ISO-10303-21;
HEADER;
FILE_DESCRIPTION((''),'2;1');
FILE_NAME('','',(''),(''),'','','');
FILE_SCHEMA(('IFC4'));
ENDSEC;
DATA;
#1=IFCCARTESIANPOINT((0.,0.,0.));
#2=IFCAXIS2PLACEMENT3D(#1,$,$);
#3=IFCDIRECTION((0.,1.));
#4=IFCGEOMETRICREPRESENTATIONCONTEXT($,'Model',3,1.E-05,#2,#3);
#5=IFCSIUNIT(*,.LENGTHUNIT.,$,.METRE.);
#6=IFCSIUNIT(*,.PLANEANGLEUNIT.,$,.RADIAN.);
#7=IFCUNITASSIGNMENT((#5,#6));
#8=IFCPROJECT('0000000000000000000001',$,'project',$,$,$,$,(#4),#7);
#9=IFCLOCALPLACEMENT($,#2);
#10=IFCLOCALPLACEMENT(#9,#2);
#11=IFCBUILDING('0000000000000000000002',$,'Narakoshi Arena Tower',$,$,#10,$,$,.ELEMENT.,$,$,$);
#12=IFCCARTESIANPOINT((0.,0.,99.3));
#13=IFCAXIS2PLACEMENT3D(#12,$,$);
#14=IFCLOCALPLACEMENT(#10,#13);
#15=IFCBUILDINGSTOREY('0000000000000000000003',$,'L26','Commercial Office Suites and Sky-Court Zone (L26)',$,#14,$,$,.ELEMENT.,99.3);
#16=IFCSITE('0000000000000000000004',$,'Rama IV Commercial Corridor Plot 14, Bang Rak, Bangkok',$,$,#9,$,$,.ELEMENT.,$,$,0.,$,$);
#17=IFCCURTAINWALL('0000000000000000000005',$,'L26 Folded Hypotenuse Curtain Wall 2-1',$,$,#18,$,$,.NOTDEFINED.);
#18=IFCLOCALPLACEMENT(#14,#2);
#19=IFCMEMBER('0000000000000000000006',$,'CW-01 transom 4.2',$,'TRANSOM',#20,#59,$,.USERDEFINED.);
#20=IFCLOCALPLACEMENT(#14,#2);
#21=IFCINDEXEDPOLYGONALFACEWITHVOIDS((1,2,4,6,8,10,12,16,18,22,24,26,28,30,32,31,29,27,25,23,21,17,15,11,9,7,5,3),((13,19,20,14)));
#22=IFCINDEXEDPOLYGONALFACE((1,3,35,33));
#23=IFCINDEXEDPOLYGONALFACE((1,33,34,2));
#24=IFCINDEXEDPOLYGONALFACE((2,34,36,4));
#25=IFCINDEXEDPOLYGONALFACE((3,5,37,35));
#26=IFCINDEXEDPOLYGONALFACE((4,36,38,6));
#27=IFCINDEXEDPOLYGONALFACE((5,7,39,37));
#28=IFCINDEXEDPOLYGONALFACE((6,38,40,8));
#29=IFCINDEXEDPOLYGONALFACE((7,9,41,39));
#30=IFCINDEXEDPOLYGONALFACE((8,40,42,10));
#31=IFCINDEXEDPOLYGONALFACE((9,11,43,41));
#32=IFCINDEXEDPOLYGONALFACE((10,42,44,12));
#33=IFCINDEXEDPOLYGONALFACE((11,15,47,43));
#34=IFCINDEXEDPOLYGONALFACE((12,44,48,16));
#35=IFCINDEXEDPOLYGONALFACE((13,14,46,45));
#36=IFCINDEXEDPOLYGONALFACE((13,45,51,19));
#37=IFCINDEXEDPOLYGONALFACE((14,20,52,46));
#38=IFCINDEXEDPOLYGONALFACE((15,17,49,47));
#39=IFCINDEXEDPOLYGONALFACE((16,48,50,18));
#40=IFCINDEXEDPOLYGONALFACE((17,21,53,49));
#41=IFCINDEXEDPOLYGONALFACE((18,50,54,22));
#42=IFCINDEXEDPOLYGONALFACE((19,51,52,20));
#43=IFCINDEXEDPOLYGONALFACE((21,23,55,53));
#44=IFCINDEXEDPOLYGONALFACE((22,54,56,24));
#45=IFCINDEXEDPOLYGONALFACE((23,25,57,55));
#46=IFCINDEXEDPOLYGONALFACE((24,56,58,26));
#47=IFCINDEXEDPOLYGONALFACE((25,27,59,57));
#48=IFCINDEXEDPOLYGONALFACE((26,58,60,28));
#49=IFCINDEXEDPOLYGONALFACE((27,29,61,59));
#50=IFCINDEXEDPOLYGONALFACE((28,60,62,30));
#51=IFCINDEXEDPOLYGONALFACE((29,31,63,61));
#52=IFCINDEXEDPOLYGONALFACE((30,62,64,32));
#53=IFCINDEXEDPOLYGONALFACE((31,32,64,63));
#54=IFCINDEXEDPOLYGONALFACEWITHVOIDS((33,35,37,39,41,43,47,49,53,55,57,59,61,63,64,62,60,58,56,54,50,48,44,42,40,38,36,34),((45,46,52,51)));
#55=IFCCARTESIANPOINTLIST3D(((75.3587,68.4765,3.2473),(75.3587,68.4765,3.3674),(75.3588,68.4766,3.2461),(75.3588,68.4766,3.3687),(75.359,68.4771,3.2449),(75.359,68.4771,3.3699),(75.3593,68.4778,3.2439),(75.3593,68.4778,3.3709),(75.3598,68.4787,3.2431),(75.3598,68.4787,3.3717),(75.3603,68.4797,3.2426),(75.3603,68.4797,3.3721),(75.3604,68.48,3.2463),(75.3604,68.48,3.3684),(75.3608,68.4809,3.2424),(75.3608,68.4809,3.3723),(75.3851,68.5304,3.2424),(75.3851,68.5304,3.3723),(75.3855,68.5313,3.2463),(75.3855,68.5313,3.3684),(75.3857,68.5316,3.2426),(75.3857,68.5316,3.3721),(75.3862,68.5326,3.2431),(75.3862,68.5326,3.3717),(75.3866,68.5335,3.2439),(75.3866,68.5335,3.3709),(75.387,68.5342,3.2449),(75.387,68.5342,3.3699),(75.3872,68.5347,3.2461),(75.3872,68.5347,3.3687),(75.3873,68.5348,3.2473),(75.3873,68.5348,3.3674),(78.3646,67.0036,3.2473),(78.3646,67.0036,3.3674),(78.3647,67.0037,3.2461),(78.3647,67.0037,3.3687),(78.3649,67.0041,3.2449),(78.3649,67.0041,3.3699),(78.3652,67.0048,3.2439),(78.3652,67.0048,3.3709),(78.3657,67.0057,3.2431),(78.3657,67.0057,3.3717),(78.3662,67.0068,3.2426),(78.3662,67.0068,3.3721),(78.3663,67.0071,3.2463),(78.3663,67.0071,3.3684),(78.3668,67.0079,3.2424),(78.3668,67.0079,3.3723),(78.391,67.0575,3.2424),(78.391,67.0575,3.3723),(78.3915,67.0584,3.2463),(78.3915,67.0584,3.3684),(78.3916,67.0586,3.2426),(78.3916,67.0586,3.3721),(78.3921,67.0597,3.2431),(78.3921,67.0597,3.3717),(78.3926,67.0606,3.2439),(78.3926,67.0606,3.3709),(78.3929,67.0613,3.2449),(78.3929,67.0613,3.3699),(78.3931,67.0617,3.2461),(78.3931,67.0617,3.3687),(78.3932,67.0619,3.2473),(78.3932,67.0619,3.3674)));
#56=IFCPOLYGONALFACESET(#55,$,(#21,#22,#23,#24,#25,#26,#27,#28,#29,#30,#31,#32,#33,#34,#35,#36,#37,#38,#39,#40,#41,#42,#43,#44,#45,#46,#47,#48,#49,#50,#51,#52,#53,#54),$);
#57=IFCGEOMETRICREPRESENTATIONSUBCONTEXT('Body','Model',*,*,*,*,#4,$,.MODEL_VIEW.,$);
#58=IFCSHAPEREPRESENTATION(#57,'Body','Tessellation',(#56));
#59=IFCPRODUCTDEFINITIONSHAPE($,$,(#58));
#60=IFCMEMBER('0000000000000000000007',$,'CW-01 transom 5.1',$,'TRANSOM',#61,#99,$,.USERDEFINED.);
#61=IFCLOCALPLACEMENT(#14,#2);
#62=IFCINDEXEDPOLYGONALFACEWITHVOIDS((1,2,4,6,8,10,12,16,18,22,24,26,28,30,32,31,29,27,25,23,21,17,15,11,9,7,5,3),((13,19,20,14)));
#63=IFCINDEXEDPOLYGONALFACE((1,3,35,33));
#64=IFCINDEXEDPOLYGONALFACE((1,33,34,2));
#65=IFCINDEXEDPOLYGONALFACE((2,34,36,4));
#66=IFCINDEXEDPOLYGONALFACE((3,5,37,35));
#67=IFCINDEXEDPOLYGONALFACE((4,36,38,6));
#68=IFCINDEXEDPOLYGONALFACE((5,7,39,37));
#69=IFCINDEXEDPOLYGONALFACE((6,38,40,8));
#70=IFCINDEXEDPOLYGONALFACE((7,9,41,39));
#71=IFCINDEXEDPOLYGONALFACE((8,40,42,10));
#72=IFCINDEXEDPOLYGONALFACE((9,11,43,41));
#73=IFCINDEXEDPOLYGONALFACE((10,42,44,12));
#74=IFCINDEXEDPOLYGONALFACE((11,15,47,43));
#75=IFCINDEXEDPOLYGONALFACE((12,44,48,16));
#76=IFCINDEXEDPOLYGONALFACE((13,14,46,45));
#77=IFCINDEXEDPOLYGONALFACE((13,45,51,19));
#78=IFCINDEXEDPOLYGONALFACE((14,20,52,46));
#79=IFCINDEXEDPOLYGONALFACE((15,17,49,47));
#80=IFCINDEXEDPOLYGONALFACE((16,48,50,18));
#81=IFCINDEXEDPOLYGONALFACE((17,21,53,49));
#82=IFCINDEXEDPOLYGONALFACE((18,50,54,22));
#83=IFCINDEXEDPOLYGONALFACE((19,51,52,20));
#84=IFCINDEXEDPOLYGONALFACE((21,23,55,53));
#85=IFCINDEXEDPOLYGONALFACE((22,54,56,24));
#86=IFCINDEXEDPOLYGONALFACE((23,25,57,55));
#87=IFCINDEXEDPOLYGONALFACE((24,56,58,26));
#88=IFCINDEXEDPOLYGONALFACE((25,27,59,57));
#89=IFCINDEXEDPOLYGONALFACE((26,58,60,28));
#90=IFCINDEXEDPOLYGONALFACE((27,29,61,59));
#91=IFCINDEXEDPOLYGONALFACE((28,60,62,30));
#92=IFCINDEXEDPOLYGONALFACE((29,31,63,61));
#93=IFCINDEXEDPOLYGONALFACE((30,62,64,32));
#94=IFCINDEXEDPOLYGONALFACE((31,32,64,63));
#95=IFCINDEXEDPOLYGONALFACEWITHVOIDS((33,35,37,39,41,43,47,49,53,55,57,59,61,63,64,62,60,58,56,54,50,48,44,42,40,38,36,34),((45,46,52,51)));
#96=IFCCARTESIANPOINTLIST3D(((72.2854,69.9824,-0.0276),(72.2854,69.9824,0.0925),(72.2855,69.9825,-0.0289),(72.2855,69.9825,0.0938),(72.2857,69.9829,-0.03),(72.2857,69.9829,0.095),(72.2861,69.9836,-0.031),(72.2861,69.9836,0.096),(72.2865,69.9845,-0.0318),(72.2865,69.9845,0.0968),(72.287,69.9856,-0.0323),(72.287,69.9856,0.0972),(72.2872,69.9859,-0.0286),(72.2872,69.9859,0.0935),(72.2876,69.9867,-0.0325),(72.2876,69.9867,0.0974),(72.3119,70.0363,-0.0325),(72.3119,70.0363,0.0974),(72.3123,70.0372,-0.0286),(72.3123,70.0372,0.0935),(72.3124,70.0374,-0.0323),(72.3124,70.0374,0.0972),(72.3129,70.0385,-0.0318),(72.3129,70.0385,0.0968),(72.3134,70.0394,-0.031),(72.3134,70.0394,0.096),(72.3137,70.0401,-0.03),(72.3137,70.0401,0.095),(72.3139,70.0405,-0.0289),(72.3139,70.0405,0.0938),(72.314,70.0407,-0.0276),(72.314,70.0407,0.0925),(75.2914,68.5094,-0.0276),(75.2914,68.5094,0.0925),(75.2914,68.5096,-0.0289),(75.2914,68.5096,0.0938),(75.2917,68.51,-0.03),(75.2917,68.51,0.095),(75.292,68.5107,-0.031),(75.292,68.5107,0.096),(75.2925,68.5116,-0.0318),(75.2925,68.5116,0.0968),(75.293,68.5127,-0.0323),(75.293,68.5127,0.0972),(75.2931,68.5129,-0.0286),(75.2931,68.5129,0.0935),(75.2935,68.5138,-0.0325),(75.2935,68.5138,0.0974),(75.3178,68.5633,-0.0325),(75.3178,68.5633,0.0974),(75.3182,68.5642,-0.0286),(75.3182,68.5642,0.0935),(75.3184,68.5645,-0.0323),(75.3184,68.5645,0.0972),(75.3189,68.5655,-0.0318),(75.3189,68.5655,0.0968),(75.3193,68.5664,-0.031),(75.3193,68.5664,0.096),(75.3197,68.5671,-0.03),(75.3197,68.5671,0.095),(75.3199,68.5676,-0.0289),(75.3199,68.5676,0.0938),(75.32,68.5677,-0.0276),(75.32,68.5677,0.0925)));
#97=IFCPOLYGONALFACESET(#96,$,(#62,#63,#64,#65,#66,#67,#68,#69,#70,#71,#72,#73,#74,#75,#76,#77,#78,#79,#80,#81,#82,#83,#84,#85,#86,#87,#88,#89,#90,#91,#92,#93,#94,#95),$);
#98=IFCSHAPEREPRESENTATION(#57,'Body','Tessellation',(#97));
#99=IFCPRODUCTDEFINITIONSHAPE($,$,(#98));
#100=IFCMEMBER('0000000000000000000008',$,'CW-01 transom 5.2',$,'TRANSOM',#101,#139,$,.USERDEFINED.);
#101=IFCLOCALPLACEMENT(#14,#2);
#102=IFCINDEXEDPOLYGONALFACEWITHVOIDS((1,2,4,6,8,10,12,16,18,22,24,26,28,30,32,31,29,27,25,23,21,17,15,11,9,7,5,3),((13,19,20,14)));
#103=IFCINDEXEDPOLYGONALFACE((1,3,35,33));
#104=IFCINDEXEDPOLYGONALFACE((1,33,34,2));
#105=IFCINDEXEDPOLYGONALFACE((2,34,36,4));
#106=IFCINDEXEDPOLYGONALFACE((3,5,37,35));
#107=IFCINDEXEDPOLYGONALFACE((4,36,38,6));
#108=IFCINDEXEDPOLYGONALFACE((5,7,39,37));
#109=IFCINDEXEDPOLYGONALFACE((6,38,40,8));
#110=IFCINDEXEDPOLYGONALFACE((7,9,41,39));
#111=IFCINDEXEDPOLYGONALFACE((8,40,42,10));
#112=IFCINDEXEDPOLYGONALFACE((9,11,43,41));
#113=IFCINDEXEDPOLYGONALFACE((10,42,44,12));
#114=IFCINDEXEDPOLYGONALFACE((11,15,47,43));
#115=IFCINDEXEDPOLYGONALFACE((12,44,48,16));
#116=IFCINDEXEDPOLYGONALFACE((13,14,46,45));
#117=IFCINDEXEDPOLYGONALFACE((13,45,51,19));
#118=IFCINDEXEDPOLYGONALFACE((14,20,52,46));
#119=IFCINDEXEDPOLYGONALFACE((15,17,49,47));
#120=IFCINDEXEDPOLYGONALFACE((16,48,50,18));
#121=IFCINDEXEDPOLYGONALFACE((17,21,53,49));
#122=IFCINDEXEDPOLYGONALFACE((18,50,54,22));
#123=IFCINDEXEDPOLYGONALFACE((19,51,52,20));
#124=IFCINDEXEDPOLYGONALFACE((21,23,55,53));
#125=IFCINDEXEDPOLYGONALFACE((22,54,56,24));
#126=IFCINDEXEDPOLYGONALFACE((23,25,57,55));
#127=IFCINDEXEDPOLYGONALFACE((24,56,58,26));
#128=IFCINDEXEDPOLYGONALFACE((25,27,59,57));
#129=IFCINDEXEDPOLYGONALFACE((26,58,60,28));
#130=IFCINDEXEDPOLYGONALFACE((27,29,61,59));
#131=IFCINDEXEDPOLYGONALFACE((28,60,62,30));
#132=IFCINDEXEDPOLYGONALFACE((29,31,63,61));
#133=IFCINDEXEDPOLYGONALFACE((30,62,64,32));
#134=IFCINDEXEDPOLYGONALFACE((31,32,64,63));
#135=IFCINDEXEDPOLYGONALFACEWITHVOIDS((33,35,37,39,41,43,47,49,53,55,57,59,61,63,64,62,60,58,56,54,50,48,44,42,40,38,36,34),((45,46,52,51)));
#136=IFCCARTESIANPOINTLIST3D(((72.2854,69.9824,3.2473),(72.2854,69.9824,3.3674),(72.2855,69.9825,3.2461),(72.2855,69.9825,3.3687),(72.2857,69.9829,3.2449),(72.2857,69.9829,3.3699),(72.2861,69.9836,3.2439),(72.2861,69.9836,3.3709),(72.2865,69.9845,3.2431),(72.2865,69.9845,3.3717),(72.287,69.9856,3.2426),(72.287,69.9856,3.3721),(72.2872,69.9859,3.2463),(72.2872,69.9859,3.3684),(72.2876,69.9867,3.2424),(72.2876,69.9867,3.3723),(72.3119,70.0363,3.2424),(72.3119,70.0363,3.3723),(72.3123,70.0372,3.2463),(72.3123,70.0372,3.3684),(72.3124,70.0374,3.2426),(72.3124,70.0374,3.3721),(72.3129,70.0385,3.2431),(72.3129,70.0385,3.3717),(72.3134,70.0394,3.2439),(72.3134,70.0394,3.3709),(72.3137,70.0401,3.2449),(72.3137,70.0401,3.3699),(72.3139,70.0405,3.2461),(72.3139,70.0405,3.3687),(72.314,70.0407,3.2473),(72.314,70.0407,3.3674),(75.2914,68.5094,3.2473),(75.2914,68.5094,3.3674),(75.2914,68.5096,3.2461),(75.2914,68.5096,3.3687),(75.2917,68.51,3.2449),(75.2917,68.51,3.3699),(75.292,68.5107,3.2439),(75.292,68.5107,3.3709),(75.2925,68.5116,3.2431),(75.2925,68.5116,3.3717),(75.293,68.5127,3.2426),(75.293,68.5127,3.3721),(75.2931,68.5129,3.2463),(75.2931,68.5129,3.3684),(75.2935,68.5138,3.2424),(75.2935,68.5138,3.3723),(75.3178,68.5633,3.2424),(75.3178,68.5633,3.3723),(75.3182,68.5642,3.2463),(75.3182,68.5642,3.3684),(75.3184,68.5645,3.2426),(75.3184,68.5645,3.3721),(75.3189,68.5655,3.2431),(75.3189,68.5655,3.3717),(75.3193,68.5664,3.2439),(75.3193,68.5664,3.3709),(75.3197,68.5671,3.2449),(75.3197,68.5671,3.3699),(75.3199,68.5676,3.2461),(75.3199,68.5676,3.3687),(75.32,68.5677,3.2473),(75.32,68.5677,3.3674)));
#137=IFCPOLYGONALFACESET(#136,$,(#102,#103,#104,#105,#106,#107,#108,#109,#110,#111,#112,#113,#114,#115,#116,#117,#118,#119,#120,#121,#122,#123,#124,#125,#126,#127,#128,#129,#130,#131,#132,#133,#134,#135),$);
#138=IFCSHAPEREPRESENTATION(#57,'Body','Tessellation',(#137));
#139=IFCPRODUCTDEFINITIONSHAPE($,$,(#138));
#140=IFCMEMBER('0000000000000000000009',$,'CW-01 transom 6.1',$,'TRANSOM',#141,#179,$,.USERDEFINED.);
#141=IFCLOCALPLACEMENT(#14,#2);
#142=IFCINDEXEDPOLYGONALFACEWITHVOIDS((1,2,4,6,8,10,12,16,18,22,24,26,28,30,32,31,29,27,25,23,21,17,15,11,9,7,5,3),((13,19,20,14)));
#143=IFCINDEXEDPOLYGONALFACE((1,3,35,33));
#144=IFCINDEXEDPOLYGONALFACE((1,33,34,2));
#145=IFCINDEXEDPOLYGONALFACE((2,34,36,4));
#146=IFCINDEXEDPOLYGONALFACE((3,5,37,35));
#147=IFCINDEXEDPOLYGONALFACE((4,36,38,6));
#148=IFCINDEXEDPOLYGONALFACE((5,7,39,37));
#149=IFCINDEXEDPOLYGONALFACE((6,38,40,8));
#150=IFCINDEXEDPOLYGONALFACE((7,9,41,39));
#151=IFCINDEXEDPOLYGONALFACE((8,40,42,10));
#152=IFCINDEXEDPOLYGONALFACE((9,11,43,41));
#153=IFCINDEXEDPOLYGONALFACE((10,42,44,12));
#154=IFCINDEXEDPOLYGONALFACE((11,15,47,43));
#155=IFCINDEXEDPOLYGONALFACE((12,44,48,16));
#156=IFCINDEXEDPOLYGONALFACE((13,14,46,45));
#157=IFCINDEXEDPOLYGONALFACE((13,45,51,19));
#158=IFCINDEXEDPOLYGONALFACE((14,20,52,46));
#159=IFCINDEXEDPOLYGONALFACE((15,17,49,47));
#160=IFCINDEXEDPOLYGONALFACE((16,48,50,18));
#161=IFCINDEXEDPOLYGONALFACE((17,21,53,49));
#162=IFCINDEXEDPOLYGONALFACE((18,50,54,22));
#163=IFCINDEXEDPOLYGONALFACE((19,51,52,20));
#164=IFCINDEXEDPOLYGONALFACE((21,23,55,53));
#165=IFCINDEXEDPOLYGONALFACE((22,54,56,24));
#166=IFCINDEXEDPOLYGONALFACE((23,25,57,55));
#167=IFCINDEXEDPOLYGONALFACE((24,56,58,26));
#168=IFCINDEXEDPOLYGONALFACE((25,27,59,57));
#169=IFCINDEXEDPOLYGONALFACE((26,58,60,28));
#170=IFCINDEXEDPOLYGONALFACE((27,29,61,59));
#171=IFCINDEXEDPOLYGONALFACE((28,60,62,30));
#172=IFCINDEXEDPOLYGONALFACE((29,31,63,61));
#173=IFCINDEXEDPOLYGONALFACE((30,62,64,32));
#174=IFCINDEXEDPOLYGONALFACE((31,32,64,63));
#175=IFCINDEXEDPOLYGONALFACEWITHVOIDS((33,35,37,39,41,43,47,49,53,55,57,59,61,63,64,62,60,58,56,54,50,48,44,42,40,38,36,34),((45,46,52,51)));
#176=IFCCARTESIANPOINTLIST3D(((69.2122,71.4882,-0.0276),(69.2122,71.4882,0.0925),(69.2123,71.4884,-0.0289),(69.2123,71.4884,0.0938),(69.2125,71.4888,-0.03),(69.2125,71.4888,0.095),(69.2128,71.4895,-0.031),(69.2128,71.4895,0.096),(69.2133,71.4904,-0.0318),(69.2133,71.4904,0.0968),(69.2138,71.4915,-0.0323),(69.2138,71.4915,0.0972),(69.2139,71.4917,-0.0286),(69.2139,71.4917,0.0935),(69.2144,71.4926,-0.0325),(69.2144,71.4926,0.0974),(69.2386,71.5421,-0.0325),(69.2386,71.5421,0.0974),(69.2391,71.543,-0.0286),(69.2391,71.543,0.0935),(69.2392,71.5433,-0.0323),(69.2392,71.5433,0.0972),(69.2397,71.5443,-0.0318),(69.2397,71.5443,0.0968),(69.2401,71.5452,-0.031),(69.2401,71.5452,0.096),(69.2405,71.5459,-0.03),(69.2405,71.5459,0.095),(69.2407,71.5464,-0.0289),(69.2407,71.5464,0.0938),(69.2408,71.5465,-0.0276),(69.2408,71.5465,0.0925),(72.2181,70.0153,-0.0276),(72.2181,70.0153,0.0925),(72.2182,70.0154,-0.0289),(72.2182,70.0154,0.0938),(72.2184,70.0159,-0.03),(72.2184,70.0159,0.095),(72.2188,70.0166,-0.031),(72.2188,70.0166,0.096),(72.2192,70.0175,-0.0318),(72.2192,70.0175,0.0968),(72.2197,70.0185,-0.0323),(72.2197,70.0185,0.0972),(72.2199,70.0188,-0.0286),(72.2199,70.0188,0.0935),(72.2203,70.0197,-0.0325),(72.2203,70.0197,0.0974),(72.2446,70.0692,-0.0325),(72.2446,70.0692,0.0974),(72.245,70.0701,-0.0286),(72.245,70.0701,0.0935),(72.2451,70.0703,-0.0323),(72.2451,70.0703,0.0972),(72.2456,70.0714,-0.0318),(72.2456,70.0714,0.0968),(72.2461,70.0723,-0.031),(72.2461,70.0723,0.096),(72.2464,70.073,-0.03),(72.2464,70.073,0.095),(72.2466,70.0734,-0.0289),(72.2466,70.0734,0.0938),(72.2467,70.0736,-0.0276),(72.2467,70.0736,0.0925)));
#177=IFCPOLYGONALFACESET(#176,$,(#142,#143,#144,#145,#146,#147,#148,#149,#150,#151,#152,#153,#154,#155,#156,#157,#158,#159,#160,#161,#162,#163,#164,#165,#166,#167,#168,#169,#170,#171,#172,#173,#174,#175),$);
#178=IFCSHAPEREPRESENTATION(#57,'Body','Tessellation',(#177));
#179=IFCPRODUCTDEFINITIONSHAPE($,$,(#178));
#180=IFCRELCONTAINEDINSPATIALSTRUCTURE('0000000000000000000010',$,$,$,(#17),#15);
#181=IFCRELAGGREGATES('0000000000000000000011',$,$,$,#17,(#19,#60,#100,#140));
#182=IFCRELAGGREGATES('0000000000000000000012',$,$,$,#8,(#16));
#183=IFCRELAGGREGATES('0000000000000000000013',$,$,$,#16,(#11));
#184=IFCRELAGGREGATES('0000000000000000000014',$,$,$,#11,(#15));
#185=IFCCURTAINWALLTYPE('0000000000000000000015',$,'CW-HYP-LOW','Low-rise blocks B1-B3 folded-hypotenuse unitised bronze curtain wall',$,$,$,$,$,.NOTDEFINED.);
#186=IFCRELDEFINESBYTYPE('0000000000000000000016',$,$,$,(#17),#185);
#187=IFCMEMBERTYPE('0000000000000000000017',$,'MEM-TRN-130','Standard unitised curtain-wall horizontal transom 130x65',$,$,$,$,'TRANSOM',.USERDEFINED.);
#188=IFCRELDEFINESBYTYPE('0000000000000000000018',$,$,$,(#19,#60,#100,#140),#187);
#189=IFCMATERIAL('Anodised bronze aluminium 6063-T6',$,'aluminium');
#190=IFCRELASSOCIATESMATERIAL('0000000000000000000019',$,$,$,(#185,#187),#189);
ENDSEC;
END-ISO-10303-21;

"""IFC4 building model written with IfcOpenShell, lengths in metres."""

from ifc_helpers import new_model, si_unit, direction, frame, origin, origin_2d, place, context, subcontext, project, spatial, hollow_rectangle, extrude, material, material_profile, profile_set, type_object, element, aggregate, save


model = new_model("IFC4")

# Units and contexts
model_context = context("Model", 3, precision=1e-05, world=origin(), true_north=direction((0.0, 1.0)))
body_context = subcontext(model_context, "Body", "Model", "MODEL_VIEW")
ifc_project = project(units=[si_unit("LENGTHUNIT", "METRE"), si_unit("PLANEANGLEUNIT", "RADIAN")], contexts=[model_context])

# Site, building, storey
site_placement = place(None, origin())
site = spatial("IfcSite", under=ifc_project, at=site_placement, Name="Rama IV Commercial Corridor Plot 14, Bang Rak, Bangkok", CompositionType="ELEMENT", RefElevation=0.0)
building_placement = place(site_placement, origin())
building = spatial("IfcBuilding", under=site, at=building_placement, Name="Narakoshi Arena Tower", CompositionType="ELEMENT")
storey_placement = place(building_placement, frame((0.0, 0.0, 99.3)))
storey = spatial("IfcBuildingStorey", under=building, at=storey_placement, Name="L26", Description="Commercial Office Suites and Sky-Court Zone (L26)", CompositionType="ELEMENT", Elevation=99.3)

# Curtain wall, members
ifc_material_1 = material(Name="Anodised bronze aluminium 6063-T6", Category="aluminium")
curtain_wall_type = type_object("IfcCurtainWallType", Name="CW-HYP-LOW", Description="Low-rise blocks B1-B3 folded-hypotenuse unitised bronze curtain wall", PredefinedType="NOTDEFINED", material=ifc_material_1)
curtain_wall_placement = place(storey_placement, origin())
curtain_wall = element("IfcCurtainWall", 1, at=curtain_wall_placement, inside=storey, type_object=curtain_wall_type, Name="L26 Folded Hypotenuse Curtain Wall 2-1", PredefinedType="NOTDEFINED")
ifc_material_profile_1 = material_profile(ifc_material_1, hollow_rectangle(XDim=0.0649, YDim=0.1299, WallThickness=0.0039, OuterFilletRadius=0.0049, at=origin_2d()), Name="TRN130x65x4")
ifc_profile_set_1 = profile_set([ifc_material_profile_1], Name="Anodised bronze aluminium 6063-T6")
member_type_1 = type_object("IfcMemberType", Name="MEM-TRN-130", Description="Standard unitised curtain-wall horizontal transom 130x65", ElementType="TRANSOM", PredefinedType="USERDEFINED", material=ifc_profile_set_1)
member_1_placement = place(storey_placement, frame((78.3789, 67.0327, 3.3074), z_axis=(-0.897987, 0.440022, 0.0), x_axis=(-0.440022, -0.897987, 0.0)))
member_1 = element("IfcMember", 2, at=member_1_placement, type_object=member_type_1, Name="CW-01 transom 4.2", ObjectType="TRANSOM", PredefinedType="USERDEFINED", context=body_context, shape_type="SweptSolid", body=[
    extrude(hollow_rectangle(XDim=0.0649, YDim=0.1299, WallThickness=0.0039, OuterFilletRadius=0.0049, at=origin_2d()), origin(), (0.0, 0.0, 1.0), 3.3474),
])
member_2_placement = place(storey_placement, frame((75.3057, 68.5386, 0.0325), z_axis=(-0.897987, 0.440022, 0.0), x_axis=(-0.440022, -0.897987, 0.0)))
member_2 = element("IfcMember", 3, at=member_2_placement, type_object=member_type_1, Name="CW-01 transom 5.1", ObjectType="TRANSOM", PredefinedType="USERDEFINED", context=body_context, shape_type="SweptSolid", body=[
    extrude(hollow_rectangle(XDim=0.0649, YDim=0.1299, WallThickness=0.0039, OuterFilletRadius=0.0049, at=origin_2d()), origin(), (0.0, 0.0, 1.0), 3.3474),
])
member_3_placement = place(storey_placement, frame((75.3057, 68.5386, 3.3074), z_axis=(-0.897987, 0.440022, 0.0), x_axis=(-0.440022, -0.897987, 0.0)))
member_3 = element("IfcMember", 4, at=member_3_placement, type_object=member_type_1, Name="CW-01 transom 5.2", ObjectType="TRANSOM", PredefinedType="USERDEFINED", context=body_context, shape_type="SweptSolid", body=[
    extrude(hollow_rectangle(XDim=0.0649, YDim=0.1299, WallThickness=0.0039, OuterFilletRadius=0.0049, at=origin_2d()), origin(), (0.0, 0.0, 1.0), 3.3474),
])
member_4_placement = place(storey_placement, frame((72.2324, 70.0444, 0.0325), z_axis=(-0.897987, 0.440022, 0.0), x_axis=(-0.440022, -0.897987, 0.0)))
member_4 = element("IfcMember", 5, at=member_4_placement, type_object=member_type_1, Name="CW-01 transom 6.1", ObjectType="TRANSOM", PredefinedType="USERDEFINED", context=body_context, shape_type="SweptSolid", body=[
    extrude(hollow_rectangle(XDim=0.0649, YDim=0.1299, WallThickness=0.0039, OuterFilletRadius=0.0049, at=origin_2d()), origin(), (0.0, 0.0, 1.0), 3.3474),
])
aggregate(curtain_wall, [member_1, member_2, member_3, member_4])

save(model, "model.ifc")
